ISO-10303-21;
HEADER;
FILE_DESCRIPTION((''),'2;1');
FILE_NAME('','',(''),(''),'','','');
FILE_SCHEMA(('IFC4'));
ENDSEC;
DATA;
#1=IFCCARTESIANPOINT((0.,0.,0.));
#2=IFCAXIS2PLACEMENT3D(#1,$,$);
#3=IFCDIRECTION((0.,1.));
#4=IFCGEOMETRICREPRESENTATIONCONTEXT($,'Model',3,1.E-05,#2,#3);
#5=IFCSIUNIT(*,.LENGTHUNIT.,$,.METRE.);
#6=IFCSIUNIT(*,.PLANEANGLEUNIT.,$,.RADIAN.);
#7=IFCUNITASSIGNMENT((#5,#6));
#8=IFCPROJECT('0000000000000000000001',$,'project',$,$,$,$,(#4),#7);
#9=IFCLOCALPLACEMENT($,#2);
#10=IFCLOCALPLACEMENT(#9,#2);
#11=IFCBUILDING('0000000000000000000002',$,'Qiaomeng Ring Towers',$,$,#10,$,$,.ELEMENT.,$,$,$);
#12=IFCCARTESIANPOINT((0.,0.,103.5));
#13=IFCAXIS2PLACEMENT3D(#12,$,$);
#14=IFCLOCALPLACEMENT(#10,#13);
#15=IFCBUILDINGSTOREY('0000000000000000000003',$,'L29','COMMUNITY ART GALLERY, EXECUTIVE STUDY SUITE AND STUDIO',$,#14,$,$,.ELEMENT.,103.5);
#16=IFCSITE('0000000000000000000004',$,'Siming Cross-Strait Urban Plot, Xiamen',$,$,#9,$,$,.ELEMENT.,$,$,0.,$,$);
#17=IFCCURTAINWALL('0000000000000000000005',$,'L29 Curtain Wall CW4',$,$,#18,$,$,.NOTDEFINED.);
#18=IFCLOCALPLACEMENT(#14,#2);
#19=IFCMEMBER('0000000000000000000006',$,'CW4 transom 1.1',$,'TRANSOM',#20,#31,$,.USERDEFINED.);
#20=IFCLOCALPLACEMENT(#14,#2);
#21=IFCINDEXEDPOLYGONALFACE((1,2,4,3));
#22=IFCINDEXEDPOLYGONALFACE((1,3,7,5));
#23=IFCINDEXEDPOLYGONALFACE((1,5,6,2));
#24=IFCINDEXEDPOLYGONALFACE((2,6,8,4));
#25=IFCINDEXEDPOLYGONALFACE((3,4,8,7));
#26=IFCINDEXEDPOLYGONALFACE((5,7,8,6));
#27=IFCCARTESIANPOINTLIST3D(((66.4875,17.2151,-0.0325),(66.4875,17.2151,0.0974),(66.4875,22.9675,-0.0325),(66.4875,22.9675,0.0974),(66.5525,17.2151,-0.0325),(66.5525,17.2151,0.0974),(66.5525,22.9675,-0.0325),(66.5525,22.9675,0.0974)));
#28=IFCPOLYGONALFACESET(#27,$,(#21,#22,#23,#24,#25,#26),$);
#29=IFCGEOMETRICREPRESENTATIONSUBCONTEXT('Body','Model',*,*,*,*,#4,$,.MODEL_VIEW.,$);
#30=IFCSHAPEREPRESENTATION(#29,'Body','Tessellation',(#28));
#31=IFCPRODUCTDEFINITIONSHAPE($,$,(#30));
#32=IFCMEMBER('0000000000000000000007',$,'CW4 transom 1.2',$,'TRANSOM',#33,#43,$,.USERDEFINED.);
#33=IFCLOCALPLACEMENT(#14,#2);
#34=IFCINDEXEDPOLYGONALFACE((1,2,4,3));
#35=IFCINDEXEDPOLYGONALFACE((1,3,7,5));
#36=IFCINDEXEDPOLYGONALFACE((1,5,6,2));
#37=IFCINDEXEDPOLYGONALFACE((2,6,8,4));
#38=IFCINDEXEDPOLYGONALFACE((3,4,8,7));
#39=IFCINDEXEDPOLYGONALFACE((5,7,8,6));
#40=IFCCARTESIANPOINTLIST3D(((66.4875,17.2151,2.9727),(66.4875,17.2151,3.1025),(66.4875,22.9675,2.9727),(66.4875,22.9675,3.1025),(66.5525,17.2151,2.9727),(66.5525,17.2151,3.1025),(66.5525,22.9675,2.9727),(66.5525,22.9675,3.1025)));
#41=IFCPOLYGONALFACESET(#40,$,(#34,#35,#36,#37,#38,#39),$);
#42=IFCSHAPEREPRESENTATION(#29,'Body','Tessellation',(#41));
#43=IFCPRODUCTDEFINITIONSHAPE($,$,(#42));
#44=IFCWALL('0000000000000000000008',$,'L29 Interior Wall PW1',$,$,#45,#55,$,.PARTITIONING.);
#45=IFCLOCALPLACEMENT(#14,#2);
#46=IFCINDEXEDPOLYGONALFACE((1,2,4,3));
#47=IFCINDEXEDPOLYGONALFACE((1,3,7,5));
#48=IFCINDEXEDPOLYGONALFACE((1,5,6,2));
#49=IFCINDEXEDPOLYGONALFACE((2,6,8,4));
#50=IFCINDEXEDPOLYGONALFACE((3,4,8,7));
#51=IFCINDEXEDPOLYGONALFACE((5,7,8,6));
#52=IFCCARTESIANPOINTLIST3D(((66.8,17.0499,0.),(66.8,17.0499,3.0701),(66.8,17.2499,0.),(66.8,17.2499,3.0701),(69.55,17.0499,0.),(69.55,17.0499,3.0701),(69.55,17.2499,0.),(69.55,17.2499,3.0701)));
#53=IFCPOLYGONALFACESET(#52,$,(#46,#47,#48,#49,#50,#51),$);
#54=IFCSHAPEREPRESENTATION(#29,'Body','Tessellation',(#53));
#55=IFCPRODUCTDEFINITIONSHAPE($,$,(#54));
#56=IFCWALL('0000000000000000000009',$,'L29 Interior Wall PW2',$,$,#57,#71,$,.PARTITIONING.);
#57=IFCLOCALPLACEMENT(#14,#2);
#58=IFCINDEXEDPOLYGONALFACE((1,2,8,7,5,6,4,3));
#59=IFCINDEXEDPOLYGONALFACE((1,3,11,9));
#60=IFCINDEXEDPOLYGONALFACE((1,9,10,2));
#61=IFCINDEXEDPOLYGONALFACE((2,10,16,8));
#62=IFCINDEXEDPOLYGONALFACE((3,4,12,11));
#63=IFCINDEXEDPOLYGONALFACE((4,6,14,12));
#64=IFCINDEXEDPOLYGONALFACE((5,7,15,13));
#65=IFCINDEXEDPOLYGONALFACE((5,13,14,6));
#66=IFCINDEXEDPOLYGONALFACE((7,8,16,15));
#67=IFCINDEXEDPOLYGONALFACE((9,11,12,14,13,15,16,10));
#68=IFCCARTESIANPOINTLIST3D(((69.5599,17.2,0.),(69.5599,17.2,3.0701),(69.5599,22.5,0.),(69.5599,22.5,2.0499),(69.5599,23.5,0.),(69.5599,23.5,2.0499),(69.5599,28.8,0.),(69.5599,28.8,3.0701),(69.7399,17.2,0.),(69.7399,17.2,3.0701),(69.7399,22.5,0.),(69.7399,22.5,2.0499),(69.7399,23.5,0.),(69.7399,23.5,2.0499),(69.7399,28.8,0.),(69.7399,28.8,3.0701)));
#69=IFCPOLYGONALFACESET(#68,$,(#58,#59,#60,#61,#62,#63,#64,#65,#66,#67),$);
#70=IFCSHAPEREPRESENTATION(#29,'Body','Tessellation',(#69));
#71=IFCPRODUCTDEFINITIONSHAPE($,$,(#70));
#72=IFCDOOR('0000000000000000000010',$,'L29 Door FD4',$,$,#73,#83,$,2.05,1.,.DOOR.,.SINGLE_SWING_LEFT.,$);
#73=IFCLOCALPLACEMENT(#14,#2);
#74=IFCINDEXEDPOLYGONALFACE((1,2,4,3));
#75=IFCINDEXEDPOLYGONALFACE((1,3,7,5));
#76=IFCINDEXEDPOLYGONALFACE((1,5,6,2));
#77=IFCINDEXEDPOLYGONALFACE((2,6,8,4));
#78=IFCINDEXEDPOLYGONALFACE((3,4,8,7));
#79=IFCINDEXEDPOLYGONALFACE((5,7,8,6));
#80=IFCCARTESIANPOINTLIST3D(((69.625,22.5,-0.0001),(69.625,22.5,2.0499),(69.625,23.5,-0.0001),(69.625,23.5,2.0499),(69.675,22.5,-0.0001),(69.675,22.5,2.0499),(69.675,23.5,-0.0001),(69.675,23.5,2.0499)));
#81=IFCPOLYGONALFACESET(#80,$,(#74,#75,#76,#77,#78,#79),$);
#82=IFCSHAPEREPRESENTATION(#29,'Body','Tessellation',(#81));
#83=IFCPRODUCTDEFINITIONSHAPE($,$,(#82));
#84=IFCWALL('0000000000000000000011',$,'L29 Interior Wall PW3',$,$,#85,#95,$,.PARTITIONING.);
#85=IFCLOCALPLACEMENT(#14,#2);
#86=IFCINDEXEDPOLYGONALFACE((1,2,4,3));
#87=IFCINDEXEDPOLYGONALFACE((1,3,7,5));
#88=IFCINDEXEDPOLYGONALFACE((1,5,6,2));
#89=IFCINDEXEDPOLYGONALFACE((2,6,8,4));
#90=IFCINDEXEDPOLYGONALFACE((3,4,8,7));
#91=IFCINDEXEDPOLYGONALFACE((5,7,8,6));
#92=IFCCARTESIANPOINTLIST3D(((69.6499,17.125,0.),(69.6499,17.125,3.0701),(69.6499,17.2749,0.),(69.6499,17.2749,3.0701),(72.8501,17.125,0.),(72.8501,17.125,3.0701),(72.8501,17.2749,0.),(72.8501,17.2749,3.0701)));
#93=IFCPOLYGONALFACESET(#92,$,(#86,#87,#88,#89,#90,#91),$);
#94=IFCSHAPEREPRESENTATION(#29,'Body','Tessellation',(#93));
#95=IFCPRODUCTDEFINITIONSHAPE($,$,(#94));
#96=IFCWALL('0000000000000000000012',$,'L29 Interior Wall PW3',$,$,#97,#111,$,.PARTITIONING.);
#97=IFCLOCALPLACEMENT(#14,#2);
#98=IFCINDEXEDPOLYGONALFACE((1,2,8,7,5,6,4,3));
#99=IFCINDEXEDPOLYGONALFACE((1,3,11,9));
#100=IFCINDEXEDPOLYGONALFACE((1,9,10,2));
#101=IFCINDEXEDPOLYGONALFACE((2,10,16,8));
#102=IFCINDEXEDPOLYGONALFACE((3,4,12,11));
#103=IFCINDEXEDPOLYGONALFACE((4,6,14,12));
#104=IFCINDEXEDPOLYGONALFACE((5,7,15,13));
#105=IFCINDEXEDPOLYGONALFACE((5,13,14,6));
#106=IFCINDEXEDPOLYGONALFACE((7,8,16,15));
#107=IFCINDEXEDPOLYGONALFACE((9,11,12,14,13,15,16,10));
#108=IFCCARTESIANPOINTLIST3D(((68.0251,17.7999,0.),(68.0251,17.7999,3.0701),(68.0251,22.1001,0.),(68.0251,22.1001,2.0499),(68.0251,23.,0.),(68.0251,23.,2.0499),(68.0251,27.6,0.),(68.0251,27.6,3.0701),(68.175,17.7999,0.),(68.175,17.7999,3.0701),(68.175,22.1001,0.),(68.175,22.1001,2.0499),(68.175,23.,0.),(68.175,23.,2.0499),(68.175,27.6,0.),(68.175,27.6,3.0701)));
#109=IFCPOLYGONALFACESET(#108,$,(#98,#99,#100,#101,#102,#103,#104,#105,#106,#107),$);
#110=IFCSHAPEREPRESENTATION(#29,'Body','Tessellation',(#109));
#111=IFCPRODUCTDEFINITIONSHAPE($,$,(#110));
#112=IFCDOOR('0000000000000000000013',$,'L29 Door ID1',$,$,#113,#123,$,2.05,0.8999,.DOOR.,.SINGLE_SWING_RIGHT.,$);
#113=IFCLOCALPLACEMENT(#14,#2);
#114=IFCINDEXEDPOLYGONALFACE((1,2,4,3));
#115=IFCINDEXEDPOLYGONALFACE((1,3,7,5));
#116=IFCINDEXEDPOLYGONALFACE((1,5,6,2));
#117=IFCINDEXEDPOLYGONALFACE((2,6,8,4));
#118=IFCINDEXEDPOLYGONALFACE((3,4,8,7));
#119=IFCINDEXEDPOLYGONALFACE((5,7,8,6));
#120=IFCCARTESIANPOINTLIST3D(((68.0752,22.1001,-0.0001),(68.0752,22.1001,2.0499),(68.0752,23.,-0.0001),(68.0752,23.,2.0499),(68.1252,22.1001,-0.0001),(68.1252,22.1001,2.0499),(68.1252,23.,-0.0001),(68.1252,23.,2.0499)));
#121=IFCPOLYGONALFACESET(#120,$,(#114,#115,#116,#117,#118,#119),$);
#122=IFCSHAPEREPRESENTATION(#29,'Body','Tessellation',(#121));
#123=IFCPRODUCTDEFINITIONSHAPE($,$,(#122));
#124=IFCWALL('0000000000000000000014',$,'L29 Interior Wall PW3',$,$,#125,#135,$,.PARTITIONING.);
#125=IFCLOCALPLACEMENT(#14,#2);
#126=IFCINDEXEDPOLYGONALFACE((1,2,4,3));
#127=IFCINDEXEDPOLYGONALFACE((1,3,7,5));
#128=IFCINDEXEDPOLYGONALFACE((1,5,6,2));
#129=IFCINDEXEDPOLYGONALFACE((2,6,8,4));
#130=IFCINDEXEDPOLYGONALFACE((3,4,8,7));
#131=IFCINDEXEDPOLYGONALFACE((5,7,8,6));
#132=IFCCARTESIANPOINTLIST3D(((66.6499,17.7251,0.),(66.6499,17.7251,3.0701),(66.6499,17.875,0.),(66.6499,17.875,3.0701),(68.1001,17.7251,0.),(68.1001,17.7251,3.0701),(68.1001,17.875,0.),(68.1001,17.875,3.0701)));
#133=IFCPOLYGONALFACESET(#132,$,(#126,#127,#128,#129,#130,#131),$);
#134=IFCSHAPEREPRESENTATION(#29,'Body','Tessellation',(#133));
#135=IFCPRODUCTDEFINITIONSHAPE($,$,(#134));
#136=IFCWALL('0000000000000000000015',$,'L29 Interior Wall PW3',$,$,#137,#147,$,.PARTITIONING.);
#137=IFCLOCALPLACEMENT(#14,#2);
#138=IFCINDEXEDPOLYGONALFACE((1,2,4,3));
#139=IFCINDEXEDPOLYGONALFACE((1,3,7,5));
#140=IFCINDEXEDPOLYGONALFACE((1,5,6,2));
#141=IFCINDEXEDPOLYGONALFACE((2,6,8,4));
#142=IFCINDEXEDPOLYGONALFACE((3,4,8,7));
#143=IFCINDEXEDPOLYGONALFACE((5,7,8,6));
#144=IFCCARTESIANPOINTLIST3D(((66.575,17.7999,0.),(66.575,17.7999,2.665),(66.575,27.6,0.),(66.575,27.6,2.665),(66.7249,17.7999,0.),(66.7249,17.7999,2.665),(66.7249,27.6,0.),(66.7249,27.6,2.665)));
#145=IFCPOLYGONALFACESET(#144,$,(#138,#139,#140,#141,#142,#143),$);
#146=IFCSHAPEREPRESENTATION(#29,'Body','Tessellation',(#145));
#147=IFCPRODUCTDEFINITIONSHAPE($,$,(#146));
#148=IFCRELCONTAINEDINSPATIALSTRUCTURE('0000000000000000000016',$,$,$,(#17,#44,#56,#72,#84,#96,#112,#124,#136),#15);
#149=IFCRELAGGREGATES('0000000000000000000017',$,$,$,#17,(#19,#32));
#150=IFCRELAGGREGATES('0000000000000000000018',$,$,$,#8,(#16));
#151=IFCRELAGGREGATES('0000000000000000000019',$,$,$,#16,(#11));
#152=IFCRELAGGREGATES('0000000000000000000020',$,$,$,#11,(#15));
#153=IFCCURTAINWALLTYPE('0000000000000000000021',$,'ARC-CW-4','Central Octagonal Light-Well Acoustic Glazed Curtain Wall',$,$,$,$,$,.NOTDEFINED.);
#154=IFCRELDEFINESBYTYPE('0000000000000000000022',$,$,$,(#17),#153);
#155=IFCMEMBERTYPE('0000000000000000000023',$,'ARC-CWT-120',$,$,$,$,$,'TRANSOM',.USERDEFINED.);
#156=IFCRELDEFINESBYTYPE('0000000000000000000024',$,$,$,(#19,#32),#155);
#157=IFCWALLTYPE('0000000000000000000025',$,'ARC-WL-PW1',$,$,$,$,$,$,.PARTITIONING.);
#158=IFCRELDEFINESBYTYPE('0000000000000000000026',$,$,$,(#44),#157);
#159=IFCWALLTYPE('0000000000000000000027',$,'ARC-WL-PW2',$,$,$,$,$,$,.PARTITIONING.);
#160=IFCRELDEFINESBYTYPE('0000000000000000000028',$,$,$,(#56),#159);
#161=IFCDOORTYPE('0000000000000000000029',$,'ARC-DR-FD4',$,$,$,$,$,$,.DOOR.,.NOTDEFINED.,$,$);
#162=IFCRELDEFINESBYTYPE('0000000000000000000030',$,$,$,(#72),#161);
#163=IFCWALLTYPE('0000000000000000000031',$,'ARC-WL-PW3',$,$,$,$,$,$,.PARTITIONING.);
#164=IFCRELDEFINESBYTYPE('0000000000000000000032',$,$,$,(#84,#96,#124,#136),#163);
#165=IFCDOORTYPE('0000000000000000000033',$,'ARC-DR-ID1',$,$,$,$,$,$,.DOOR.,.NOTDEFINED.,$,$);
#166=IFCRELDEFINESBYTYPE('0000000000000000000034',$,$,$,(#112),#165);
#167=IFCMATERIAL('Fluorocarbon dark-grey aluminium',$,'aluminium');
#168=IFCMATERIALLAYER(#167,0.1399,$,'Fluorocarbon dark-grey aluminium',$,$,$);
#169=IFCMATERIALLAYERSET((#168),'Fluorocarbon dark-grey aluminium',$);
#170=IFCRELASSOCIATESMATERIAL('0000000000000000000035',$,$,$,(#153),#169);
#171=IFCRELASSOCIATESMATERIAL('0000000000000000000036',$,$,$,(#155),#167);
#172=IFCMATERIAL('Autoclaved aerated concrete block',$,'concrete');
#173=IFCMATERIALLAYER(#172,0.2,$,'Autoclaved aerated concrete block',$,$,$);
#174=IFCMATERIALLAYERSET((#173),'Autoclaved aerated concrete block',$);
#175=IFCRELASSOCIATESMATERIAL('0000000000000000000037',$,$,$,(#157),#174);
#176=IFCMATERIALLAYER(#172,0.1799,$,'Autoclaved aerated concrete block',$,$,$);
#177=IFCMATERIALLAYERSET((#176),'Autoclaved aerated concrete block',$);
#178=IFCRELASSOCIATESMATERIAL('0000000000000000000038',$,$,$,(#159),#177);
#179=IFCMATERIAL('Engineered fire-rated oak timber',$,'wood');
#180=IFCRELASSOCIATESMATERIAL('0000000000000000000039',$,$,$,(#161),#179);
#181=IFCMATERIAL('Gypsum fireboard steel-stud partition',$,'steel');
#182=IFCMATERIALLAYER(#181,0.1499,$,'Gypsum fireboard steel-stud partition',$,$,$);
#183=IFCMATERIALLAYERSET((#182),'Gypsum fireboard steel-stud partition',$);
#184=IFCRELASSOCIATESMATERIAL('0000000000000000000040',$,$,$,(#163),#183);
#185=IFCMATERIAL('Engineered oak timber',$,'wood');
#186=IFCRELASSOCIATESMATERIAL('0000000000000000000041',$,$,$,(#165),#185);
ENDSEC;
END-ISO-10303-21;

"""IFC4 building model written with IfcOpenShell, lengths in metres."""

from ifc_helpers import new_model, si_unit, direction, frame, frame_2d, origin, origin_2d, place, context, subcontext, project, spatial, rectangle, extrude, source, transform, mapped, material, layer, layer_set, material_profile, profile_set, type_object, element, fill, aggregate, save


model = new_model("IFC4")

# Units and contexts
model_context = context("Model", 3, precision=1e-05, world=origin(), true_north=direction((0.0, 1.0)))
body_context = subcontext(model_context, "Body", "Model", "MODEL_VIEW")
ifc_project = project(units=[si_unit("LENGTHUNIT", "METRE"), si_unit("PLANEANGLEUNIT", "RADIAN")], contexts=[model_context])

# Site, building, storey
site_placement = place(None, origin())
site = spatial("IfcSite", under=ifc_project, at=site_placement, Name="Siming Cross-Strait Urban Plot, Xiamen", CompositionType="ELEMENT", RefElevation=0.0)
building_placement = place(site_placement, origin())
building = spatial("IfcBuilding", under=site, at=building_placement, Name="Qiaomeng Ring Towers", CompositionType="ELEMENT")
storey_placement = place(building_placement, frame((0.0, 0.0, 103.5)))
storey = spatial("IfcBuildingStorey", under=building, at=storey_placement, Name="L29", Description="COMMUNITY ART GALLERY, EXECUTIVE STUDY SUITE AND STUDIO", CompositionType="ELEMENT", Elevation=103.5)

# Curtain wall, members
ifc_material_1 = material(Name="Fluorocarbon dark-grey aluminium", Category="aluminium")
ifc_layer_1 = layer(ifc_material_1, 0.1399, Name="Fluorocarbon dark-grey aluminium")
ifc_layer_set_1 = layer_set([ifc_layer_1], Name="Fluorocarbon dark-grey aluminium")
curtain_wall_type = type_object("IfcCurtainWallType", Name="ARC-CW-4", Description="Central Octagonal Light-Well Acoustic Glazed Curtain Wall", PredefinedType="NOTDEFINED", material=ifc_layer_set_1)
curtain_wall_placement = place(storey_placement, origin())
curtain_wall = element("IfcCurtainWall", 1, at=curtain_wall_placement, inside=storey, type_object=curtain_wall_type, Name="L29 Curtain Wall CW4", PredefinedType="NOTDEFINED")
ifc_material_profile_1 = material_profile(ifc_material_1, rectangle(XDim=0.0649, YDim=0.1299, at=origin_2d()), Name="ALU TRAN 65x130")
ifc_profile_set_1 = profile_set([ifc_material_profile_1], Name="Fluorocarbon dark-grey aluminium")
member_type_1 = type_object("IfcMemberType", Name="ARC-CWT-120", ElementType="TRANSOM", PredefinedType="USERDEFINED", material=ifc_profile_set_1)
shared_shape_1 = source(origin(), body_context, "Body", "SweptSolid", [
    extrude(rectangle(XDim=0.0649, YDim=0.1299, at=origin_2d()), origin(), (0.0, 0.0, 1.0), 5.7524),
])
member_1_placement = place(storey_placement, frame((66.52, 17.2151, 0.0325), z_axis=(0.0, 1.0, 0.0), x_axis=(-1.0, 0.0, 0.0)))
member_1 = element("IfcMember", 2, at=member_1_placement, type_object=member_type_1, Name="CW4 transom 1.1", ObjectType="TRANSOM", PredefinedType="USERDEFINED", context=body_context, shape_type="MappedRepresentation", body=[
    mapped(shared_shape_1, transform((0.0, 0.0, 0.0), x_axis=(1.0, 0.0, 0.0), y_axis=(0.0, 1.0, 0.0), z_axis=(0.0, 0.0, 1.0), scale=1.0)),
])
member_2_placement = place(storey_placement, frame((66.52, 17.2151, 3.0376), z_axis=(0.0, 1.0, 0.0), x_axis=(-1.0, 0.0, 0.0)))
member_2 = element("IfcMember", 3, at=member_2_placement, type_object=member_type_1, Name="CW4 transom 1.2", ObjectType="TRANSOM", PredefinedType="USERDEFINED", context=body_context, shape_type="MappedRepresentation", body=[
    mapped(shared_shape_1, transform((0.0, 0.0, 0.0), x_axis=(1.0, 0.0, 0.0), y_axis=(0.0, 1.0, 0.0), z_axis=(0.0, 0.0, 1.0), scale=1.0)),
])
aggregate(curtain_wall, [member_1, member_2])

# Wall
ifc_material_2 = material(Name="Autoclaved aerated concrete block", Category="concrete")
ifc_layer_2 = layer(ifc_material_2, 0.2, Name="Autoclaved aerated concrete block")
ifc_layer_set_2 = layer_set([ifc_layer_2], Name="Autoclaved aerated concrete block")
wall_type_1 = type_object("IfcWallType", Name="ARC-WL-PW1", PredefinedType="PARTITIONING", material=ifc_layer_set_2)
wall_1_placement = place(storey_placement, frame((66.8, 17.1499, 0.0), z_axis=(0.0, 0.0, 1.0), x_axis=(1.0, 0.0, 0.0)))
element("IfcWall", 4, at=wall_1_placement, inside=storey, type_object=wall_type_1, Name="L29 Interior Wall PW1", PredefinedType="PARTITIONING", context=body_context, shape_type="SweptSolid", body=[
    extrude(rectangle(XDim=2.75, YDim=0.2, at=frame_2d((1.375, 0.0))), origin(), (0.0, 0.0, 1.0), 3.0701),
])

# Wall, opening, door
ifc_layer_3 = layer(ifc_material_2, 0.1799, Name="Autoclaved aerated concrete block")
ifc_layer_set_3 = layer_set([ifc_layer_3], Name="Autoclaved aerated concrete block")
wall_type_2 = type_object("IfcWallType", Name="ARC-WL-PW2", PredefinedType="PARTITIONING", material=ifc_layer_set_3)
wall_2_placement = place(storey_placement, frame((69.6499, 17.2, 0.0), z_axis=(0.0, 0.0, 1.0), x_axis=(0.0, 1.0, 0.0)))
wall_2 = element("IfcWall", 5, at=wall_2_placement, inside=storey, type_object=wall_type_2, Name="L29 Interior Wall PW2", PredefinedType="PARTITIONING", context=body_context, shape_type="SweptSolid", body=[
    extrude(rectangle(XDim=11.6001, YDim=0.1799, at=frame_2d((5.8, 0.0))), origin(), (0.0, 0.0, 1.0), 3.0701),
])
opening_1_placement = place(wall_2_placement, frame((5.3, 0.0, 0.0)))
opening_1 = element("IfcOpeningElement", 6, at=opening_1_placement, cuts=wall_2, PredefinedType="OPENING", context=body_context, shape_type="SweptSolid", body=[
    extrude(rectangle(XDim=1.0, YDim=2.05, at=frame_2d((0.5, 1.0249))), frame((0.0, 0.0999, 0.0), z_axis=(0.0, -1.0, 0.0), x_axis=(1.0, 0.0, 0.0)), (0.0, 0.0, 1.0), 0.2),
])
ifc_material_3 = material(Name="Engineered fire-rated oak timber", Category="wood")
door_type_1 = type_object("IfcDoorType", Name="ARC-DR-FD4", OperationType="NOTDEFINED", PredefinedType="DOOR", material=ifc_material_3)
shared_shape_2 = source(origin(), body_context, "Body", "SweptSolid", [
    extrude(rectangle(XDim=1.0, YDim=2.05, at=frame_2d((0.5, 1.0249))), frame((0.0, 0.0249, 0.0), z_axis=(0.0, -1.0, 0.0), x_axis=(1.0, 0.0, 0.0)), (0.0, 0.0, 1.0), 0.05),
])
door_1_placement = place(opening_1_placement, origin())
door_1 = element("IfcDoor", 7, at=door_1_placement, inside=storey, type_object=door_type_1, Name="L29 Door FD4", OperationType="SINGLE_SWING_LEFT", OverallHeight=2.05, OverallWidth=1.0, PredefinedType="DOOR", context=body_context, shape_type="MappedRepresentation", body=[
    mapped(shared_shape_2, transform((0.0, 0.0, 0.0), x_axis=(1.0, 0.0, 0.0), y_axis=(0.0, 1.0, 0.0), z_axis=(0.0, 0.0, 1.0), scale=1.0)),
])
fill(opening_1, door_1)

# Wall
ifc_material_4 = material(Name="Gypsum fireboard steel-stud partition", Category="steel")
ifc_layer_4 = layer(ifc_material_4, 0.1499, Name="Gypsum fireboard steel-stud partition")
ifc_layer_set_4 = layer_set([ifc_layer_4], Name="Gypsum fireboard steel-stud partition")
wall_type_3 = type_object("IfcWallType", Name="ARC-WL-PW3", PredefinedType="PARTITIONING", material=ifc_layer_set_4)
wall_3_placement = place(storey_placement, frame((69.6499, 17.2, 0.0), z_axis=(0.0, 0.0, 1.0), x_axis=(1.0, 0.0, 0.0)))
element("IfcWall", 8, at=wall_3_placement, inside=storey, type_object=wall_type_3, Name="L29 Interior Wall PW3", PredefinedType="PARTITIONING", context=body_context, shape_type="SweptSolid", body=[
    extrude(rectangle(XDim=3.2002, YDim=0.1499, at=frame_2d((1.6001, 0.0))), origin(), (0.0, 0.0, 1.0), 3.0701),
])

# Wall, opening, door
wall_4_placement = place(storey_placement, frame((68.1001, 17.8, 0.0), z_axis=(0.0, 0.0, 1.0), x_axis=(0.0, 1.0, 0.0)))
wall_4 = element("IfcWall", 9, at=wall_4_placement, inside=storey, type_object=wall_type_3, Name="L29 Interior Wall PW3", PredefinedType="PARTITIONING", context=body_context, shape_type="SweptSolid", body=[
    extrude(rectangle(XDim=9.8, YDim=0.1499, at=frame_2d((4.8999, 0.0))), origin(), (0.0, 0.0, 1.0), 3.0701),
])
opening_2_placement = place(wall_4_placement, frame((4.3, 0.0, 0.0)))
opening_2 = element("IfcOpeningElement", 10, at=opening_2_placement, cuts=wall_4, PredefinedType="OPENING", context=body_context, shape_type="SweptSolid", body=[
    extrude(rectangle(XDim=0.8999, YDim=2.05, at=frame_2d((0.45, 1.0249))), frame((0.0, 0.085, 0.0), z_axis=(0.0, -1.0, 0.0), x_axis=(1.0, 0.0, 0.0)), (0.0, 0.0, 1.0), 0.1699),
])
ifc_material_5 = material(Name="Engineered oak timber", Category="wood")
door_type_2 = type_object("IfcDoorType", Name="ARC-DR-ID1", OperationType="NOTDEFINED", PredefinedType="DOOR", material=ifc_material_5)
shared_shape_3 = source(origin(), body_context, "Body", "SweptSolid", [
    extrude(rectangle(XDim=0.8999, YDim=2.05, at=frame_2d((0.45, 1.0249))), frame((0.0, 0.0249, 0.0), z_axis=(0.0, -1.0, 0.0), x_axis=(1.0, 0.0, 0.0)), (0.0, 0.0, 1.0), 0.05),
])
door_2_placement = place(opening_2_placement, origin())
door_2 = element("IfcDoor", 11, at=door_2_placement, inside=storey, type_object=door_type_2, Name="L29 Door ID1", OperationType="SINGLE_SWING_RIGHT", OverallHeight=2.05, OverallWidth=0.8999, PredefinedType="DOOR", context=body_context, shape_type="MappedRepresentation", body=[
    mapped(shared_shape_3, transform((0.0, 0.0, 0.0), x_axis=(1.0, 0.0, 0.0), y_axis=(0.0, 1.0, 0.0), z_axis=(0.0, 0.0, 1.0), scale=1.0)),
])
fill(opening_2, door_2)

# Walls
wall_5_placement = place(storey_placement, frame((66.6499, 17.8, 0.0), z_axis=(0.0, 0.0, 1.0), x_axis=(1.0, 0.0, 0.0)))
element("IfcWall", 12, at=wall_5_placement, inside=storey, type_object=wall_type_3, Name="L29 Interior Wall PW3", PredefinedType="PARTITIONING", context=body_context, shape_type="SweptSolid", body=[
    extrude(rectangle(XDim=1.4502, YDim=0.1499, at=frame_2d((0.7251, 0.0))), origin(), (0.0, 0.0, 1.0), 3.0701),
])
wall_6_placement = place(storey_placement, frame((66.6499, 17.8, 0.0), z_axis=(0.0, 0.0, 1.0), x_axis=(0.0, 1.0, 0.0)))
element("IfcWall", 13, at=wall_6_placement, inside=storey, type_object=wall_type_3, Name="L29 Interior Wall PW3", PredefinedType="PARTITIONING", context=body_context, shape_type="SweptSolid", body=[
    extrude(rectangle(XDim=9.8, YDim=0.1499, at=frame_2d((4.8999, 0.0))), origin(), (0.0, 0.0, 1.0), 2.665),
])

save(model, "model.ifc")
